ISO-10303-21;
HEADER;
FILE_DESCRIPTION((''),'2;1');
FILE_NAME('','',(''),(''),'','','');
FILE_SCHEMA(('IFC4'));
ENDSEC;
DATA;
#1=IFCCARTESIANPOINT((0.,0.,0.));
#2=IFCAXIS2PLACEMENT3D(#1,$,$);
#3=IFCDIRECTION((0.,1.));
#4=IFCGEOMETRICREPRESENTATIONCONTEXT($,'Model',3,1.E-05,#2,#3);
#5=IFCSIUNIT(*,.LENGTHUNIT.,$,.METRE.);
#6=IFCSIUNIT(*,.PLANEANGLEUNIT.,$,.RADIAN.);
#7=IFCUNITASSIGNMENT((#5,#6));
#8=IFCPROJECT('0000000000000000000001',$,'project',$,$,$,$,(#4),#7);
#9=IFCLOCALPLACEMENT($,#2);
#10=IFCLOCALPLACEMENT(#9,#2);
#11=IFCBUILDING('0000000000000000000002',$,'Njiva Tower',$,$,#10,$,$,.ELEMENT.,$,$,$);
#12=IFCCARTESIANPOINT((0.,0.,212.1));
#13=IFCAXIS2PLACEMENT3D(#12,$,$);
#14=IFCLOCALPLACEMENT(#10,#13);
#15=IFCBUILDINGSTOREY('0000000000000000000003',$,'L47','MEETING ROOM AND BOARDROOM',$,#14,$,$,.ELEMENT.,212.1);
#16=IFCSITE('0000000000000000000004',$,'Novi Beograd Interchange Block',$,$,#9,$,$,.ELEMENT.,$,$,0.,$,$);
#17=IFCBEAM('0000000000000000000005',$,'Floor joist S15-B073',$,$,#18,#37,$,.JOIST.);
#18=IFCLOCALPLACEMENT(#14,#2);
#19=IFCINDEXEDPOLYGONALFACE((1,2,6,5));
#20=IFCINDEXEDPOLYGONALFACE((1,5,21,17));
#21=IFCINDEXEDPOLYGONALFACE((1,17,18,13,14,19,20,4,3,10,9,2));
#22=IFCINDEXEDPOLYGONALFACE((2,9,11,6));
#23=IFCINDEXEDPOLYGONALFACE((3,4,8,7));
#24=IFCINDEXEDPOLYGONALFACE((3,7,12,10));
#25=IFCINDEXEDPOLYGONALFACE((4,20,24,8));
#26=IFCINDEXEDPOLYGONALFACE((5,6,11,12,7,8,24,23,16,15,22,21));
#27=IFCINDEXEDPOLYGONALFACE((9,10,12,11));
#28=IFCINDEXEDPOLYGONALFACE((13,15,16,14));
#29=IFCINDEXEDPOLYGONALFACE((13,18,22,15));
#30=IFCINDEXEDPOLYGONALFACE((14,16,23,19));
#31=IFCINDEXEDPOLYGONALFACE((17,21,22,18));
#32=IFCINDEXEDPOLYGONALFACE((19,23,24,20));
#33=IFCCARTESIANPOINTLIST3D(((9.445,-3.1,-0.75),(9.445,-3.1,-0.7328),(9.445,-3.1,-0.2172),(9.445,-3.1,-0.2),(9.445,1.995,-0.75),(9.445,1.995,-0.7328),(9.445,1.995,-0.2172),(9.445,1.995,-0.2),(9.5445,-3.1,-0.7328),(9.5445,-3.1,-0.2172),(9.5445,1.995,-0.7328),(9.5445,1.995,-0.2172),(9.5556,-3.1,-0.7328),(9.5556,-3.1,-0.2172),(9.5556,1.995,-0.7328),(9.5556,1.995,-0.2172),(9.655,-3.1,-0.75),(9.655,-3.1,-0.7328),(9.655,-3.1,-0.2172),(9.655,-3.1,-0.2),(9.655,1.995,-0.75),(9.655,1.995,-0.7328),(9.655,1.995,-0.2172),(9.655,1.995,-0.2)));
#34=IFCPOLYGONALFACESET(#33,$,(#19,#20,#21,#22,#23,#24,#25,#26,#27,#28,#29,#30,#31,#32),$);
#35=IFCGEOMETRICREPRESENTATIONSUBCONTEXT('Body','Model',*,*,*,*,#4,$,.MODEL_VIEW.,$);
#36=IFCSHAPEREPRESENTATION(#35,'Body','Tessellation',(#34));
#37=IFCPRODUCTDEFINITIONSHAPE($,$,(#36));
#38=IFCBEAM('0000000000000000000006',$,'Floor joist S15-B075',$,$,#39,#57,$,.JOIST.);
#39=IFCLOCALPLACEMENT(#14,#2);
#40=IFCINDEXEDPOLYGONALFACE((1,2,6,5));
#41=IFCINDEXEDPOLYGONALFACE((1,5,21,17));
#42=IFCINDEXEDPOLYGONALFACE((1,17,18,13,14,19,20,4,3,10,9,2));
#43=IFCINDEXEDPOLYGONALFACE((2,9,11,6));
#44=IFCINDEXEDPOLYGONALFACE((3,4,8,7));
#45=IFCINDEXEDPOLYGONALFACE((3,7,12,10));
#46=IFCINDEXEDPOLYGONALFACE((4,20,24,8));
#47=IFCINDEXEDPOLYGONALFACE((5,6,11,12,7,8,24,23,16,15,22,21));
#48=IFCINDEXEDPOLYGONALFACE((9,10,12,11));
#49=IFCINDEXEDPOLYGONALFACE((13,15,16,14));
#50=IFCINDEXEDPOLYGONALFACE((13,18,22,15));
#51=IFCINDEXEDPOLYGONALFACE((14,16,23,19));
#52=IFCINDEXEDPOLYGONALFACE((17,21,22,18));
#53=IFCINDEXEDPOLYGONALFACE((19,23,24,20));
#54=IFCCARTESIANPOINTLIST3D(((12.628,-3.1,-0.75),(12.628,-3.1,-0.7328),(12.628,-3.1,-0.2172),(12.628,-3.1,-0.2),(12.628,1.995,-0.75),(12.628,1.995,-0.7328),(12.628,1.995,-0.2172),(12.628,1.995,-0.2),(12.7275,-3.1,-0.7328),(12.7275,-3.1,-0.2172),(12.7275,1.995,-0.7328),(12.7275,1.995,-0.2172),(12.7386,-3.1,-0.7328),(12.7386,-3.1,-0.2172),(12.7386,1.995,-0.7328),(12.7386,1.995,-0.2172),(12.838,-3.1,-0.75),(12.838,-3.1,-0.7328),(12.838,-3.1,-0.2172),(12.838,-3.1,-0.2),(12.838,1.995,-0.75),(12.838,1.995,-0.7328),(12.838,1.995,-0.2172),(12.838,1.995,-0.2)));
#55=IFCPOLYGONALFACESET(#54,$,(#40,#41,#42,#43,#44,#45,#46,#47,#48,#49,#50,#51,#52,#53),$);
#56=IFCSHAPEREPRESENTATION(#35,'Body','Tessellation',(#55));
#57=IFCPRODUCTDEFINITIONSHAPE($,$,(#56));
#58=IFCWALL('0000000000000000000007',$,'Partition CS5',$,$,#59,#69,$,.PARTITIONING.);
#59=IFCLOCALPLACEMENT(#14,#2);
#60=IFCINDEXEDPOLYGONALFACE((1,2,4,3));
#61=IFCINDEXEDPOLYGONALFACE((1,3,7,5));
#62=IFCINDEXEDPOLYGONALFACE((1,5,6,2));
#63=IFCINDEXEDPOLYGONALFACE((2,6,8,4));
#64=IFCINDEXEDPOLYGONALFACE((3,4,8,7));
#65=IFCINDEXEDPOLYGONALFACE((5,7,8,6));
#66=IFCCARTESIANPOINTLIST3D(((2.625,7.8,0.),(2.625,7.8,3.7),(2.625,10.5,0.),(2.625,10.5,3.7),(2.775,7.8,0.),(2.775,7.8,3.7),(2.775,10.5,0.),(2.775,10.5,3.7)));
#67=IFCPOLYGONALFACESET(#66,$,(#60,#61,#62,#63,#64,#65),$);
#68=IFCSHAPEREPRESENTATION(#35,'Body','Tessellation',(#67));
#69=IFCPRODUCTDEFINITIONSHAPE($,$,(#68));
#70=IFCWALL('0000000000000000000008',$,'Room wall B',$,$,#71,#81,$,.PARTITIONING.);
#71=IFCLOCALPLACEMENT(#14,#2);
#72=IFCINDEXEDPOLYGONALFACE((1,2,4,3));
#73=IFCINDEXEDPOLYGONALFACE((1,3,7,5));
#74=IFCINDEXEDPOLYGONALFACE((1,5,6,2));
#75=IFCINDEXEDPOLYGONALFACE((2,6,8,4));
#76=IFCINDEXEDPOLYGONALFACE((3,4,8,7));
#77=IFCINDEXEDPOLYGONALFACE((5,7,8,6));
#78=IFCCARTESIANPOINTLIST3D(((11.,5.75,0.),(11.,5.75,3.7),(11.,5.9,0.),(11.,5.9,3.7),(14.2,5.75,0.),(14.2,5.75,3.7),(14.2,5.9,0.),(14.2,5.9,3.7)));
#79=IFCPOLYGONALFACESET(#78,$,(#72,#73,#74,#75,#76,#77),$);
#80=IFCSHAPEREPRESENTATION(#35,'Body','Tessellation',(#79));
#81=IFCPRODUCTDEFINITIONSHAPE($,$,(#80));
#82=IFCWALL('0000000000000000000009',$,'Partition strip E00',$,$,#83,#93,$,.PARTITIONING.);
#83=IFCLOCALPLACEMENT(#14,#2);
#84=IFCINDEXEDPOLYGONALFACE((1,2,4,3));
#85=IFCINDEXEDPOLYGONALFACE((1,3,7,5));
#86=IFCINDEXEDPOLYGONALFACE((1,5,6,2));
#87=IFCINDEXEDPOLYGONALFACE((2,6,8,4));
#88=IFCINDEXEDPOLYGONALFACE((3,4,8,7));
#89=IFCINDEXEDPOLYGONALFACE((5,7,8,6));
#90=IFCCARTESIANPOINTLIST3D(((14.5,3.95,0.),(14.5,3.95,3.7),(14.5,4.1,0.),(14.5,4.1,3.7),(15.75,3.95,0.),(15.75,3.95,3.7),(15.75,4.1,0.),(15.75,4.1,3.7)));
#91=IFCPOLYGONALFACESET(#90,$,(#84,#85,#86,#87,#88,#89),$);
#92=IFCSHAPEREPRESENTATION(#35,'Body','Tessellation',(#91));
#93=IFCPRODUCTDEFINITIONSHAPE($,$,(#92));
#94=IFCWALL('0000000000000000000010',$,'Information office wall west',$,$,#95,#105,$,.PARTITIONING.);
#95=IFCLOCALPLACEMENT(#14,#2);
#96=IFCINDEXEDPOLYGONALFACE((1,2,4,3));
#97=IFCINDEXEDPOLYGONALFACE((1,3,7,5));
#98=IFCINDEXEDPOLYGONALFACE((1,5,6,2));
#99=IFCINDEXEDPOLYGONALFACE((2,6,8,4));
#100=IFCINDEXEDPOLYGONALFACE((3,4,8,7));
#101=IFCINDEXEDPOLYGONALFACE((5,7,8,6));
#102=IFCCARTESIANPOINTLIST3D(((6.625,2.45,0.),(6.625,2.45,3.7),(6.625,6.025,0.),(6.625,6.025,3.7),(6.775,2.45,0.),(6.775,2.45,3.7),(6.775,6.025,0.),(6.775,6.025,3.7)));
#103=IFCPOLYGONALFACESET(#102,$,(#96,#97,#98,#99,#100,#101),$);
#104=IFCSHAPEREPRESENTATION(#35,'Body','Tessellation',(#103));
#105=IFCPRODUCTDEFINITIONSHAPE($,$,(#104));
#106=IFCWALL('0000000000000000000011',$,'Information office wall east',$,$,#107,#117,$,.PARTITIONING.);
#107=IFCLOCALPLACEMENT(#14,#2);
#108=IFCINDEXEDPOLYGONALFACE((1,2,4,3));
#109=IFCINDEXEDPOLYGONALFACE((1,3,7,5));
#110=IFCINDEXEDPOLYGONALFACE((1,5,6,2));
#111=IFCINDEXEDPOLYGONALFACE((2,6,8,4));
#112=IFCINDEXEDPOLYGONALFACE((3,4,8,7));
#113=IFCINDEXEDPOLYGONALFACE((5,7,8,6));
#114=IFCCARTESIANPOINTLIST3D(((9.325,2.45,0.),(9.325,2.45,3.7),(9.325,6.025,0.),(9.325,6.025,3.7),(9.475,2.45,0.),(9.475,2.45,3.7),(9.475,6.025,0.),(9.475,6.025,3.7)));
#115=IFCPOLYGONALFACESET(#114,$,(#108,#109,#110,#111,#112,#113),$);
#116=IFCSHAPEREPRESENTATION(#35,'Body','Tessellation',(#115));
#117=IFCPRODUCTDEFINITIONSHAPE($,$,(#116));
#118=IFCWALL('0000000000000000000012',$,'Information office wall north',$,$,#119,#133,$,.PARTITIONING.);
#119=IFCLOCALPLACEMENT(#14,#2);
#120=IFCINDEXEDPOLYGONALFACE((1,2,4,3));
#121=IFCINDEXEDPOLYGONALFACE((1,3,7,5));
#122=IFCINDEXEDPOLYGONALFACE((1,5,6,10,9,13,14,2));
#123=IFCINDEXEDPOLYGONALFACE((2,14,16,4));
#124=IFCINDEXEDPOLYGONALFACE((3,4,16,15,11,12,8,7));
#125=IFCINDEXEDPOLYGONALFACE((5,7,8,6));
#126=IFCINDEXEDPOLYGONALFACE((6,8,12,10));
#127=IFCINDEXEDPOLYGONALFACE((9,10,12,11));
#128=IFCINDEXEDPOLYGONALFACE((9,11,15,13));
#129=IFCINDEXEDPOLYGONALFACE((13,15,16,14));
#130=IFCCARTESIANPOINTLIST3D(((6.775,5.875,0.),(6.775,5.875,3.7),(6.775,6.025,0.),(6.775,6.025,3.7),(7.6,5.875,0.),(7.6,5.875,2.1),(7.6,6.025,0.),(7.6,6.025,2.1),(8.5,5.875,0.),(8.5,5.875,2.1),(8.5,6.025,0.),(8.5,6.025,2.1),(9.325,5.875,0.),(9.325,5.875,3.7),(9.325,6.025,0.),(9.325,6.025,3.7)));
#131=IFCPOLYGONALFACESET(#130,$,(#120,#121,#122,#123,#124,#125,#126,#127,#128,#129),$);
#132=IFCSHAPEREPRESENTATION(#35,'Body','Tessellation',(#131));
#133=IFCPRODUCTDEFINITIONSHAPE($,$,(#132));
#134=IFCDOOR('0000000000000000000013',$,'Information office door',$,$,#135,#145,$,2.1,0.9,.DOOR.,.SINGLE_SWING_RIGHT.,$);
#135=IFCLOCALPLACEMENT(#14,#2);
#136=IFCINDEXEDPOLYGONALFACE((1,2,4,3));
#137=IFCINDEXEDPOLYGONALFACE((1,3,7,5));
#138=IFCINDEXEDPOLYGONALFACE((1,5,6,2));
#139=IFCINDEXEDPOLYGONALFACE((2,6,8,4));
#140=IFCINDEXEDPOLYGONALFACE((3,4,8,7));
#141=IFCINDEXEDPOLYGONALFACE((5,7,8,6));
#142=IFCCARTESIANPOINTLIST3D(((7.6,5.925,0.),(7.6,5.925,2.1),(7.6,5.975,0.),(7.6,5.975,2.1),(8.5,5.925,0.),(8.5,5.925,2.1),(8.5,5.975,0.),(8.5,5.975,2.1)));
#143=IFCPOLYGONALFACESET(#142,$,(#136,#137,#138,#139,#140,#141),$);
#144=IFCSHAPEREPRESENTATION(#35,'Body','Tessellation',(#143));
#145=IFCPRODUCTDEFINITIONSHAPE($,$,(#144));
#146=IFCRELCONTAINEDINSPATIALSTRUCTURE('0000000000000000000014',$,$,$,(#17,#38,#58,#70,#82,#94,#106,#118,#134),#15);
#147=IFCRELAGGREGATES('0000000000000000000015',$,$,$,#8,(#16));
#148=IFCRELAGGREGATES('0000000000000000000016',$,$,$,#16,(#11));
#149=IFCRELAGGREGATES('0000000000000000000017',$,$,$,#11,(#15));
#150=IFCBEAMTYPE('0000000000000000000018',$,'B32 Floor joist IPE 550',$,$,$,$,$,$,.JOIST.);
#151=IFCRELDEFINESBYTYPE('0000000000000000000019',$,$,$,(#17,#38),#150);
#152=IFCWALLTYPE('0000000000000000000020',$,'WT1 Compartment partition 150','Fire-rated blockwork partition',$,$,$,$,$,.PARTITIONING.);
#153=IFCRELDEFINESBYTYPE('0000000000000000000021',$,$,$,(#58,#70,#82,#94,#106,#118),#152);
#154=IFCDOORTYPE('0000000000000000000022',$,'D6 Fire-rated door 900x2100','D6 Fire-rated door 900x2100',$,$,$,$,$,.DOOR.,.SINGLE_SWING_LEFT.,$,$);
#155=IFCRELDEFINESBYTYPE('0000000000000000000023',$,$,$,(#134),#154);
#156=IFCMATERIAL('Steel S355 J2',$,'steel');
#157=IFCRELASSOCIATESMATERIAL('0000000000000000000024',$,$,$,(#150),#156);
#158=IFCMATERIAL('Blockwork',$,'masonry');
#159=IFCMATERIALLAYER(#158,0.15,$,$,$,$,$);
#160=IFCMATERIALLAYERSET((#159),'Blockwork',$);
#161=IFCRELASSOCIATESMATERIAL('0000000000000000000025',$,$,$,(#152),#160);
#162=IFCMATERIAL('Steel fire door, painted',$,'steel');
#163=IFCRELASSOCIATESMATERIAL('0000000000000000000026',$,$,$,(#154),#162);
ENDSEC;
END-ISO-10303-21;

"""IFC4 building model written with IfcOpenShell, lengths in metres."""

from ifc_helpers import new_model, si_unit, direction, frame, frame_2d, origin, origin_2d, place, context, subcontext, project, spatial, rectangle, i_section, extrude, material, layer, layer_set, material_profile, profile_set, type_object, element, fill, save


model = new_model("IFC4")

# Units and contexts
model_context = context("Model", 3, precision=1e-05, world=origin(), true_north=direction((0.0, 1.0)))
body_context = subcontext(model_context, "Body", "Model", "MODEL_VIEW")
ifc_project = project(units=[si_unit("LENGTHUNIT", "METRE"), si_unit("PLANEANGLEUNIT", "RADIAN")], contexts=[model_context])

# Site, building, storey
site_placement = place(None, origin())
site = spatial("IfcSite", under=ifc_project, at=site_placement, Name="Novi Beograd Interchange Block", CompositionType="ELEMENT", RefElevation=0.0)
building_placement = place(site_placement, origin())
building = spatial("IfcBuilding", under=site, at=building_placement, Name="Njiva Tower", CompositionType="ELEMENT")
storey_placement = place(building_placement, frame((0.0, 0.0, 212.1)))
storey = spatial("IfcBuildingStorey", under=building, at=storey_placement, Name="L47", Description="MEETING ROOM AND BOARDROOM", CompositionType="ELEMENT", Elevation=212.1)

# Beams
ifc_material_1 = material(Name="Steel S355 J2", Category="steel")
ifc_material_profile = material_profile(ifc_material_1, i_section(OverallWidth=0.21, OverallDepth=0.55, WebThickness=0.0111, FlangeThickness=0.0172, at=origin_2d()), Name="IPE 550")
ifc_profile_set = profile_set([ifc_material_profile], Name="Steel S355 J2")
beam_type = type_object("IfcBeamType", Name="B32 Floor joist IPE 550", PredefinedType="JOIST", material=ifc_profile_set)
for number, where, z_axis, x_axis, name in (
    (1, (9.55, 1.995, -0.475), (0.0, -1.0, 0.0), (1.0, 0.0, 0.0), "Floor joist S15-B073"),
    (2, (12.733, 1.995, -0.475), (0.0, -1.0, 0.0), (1.0, 0.0, 0.0), "Floor joist S15-B075"),
):
    element("IfcBeam", number, at=place(storey_placement, frame(where, z_axis=z_axis, x_axis=x_axis)), inside=storey, type_object=beam_type, Name=name, PredefinedType="JOIST", context=body_context, shape_type="SweptSolid", body=[
        extrude(i_section(OverallWidth=0.21, OverallDepth=0.55, WebThickness=0.0111, FlangeThickness=0.0172, at=origin_2d()), origin(), (0.0, 0.0, 1.0), 5.095),
    ])

# Walls
ifc_material_2 = material(Name="Blockwork", Category="masonry")
ifc_layer_1 = layer(ifc_material_2, 0.15)
ifc_layer_set_1 = layer_set([ifc_layer_1], Name="Blockwork")
wall_type_1 = type_object("IfcWallType", Name="WT1 Compartment partition 150", Description="Fire-rated blockwork partition", PredefinedType="PARTITIONING", material=ifc_layer_set_1)
wall_1_placement = place(storey_placement, frame((2.7, 7.8, 0.0), z_axis=(0.0, 0.0, 1.0), x_axis=(0.0, 1.0, 0.0)))
element("IfcWall", 3, at=wall_1_placement, inside=storey, type_object=wall_type_1, Name="Partition CS5", PredefinedType="PARTITIONING", context=body_context, shape_type="SweptSolid", body=[
    extrude(rectangle(XDim=2.7, YDim=0.15, at=frame_2d((1.35, 0.0))), origin(), (0.0, 0.0, 1.0), 3.7),
])
wall_2_placement = place(storey_placement, frame((11.0, 5.825, 0.0), z_axis=(0.0, 0.0, 1.0), x_axis=(1.0, 0.0, 0.0)))
element("IfcWall", 4, at=wall_2_placement, inside=storey, type_object=wall_type_1, Name="Room wall B", PredefinedType="PARTITIONING", context=body_context, shape_type="SweptSolid", body=[
    extrude(rectangle(XDim=3.2, YDim=0.15, at=frame_2d((1.6, 0.0))), origin(), (0.0, 0.0, 1.0), 3.7),
])
wall_3_placement = place(storey_placement, frame((14.5, 4.025, 0.0), z_axis=(0.0, 0.0, 1.0), x_axis=(1.0, 0.0, 0.0)))
element("IfcWall", 5, at=wall_3_placement, inside=storey, type_object=wall_type_1, Name="Partition strip E00", PredefinedType="PARTITIONING", context=body_context, shape_type="SweptSolid", body=[
    extrude(rectangle(XDim=1.25, YDim=0.15, at=frame_2d((0.625, 0.0))), origin(), (0.0, 0.0, 1.0), 3.7),
])
for number, where, z_axis, x_axis, name in (
    (6, (6.7, 2.45, 0.0), (0.0, 0.0, 1.0), (0.0, 1.0, 0.0), "Information office wall west"),
    (7, (9.4, 2.45, 0.0), (0.0, 0.0, 1.0), (0.0, 1.0, 0.0), "Information office wall east"),
):
    element("IfcWall", number, at=place(storey_placement, frame(where, z_axis=z_axis, x_axis=x_axis)), inside=storey, type_object=wall_type_1, Name=name, PredefinedType="PARTITIONING", context=body_context, shape_type="SweptSolid", body=[
        extrude(rectangle(XDim=3.575, YDim=0.15, at=frame_2d((1.7875, 0.0))), origin(), (0.0, 0.0, 1.0), 3.7),
    ])

# Wall, opening, door
wall_4_placement = place(storey_placement, frame((6.775, 5.95, 0.0), z_axis=(0.0, 0.0, 1.0), x_axis=(1.0, 0.0, 0.0)))
wall_4 = element("IfcWall", 8, at=wall_4_placement, inside=storey, type_object=wall_type_1, Name="Information office wall north", PredefinedType="PARTITIONING", context=body_context, shape_type="SweptSolid", body=[
    extrude(rectangle(XDim=2.55, YDim=0.15, at=frame_2d((1.275, 0.0))), origin(), (0.0, 0.0, 1.0), 3.7),
])
opening_1_placement = place(wall_4_placement, frame((0.825, 0.0, 0.0)))
opening_1 = element("IfcOpeningElement", 9, at=opening_1_placement, cuts=wall_4, PredefinedType="OPENING", context=body_context, shape_type="SweptSolid", body=[
    extrude(rectangle(XDim=0.9, YDim=2.1, at=frame_2d((0.45, 1.05))), frame((0.0, 0.085, 0.0), z_axis=(0.0, -1.0, 0.0), x_axis=(1.0, 0.0, 0.0)), (0.0, 0.0, 1.0), 0.17),
])
ifc_material_3 = material(Name="Steel fire door, painted", Category="steel")
door_type_1 = type_object("IfcDoorType", Name="D6 Fire-rated door 900x2100", Description="D6 Fire-rated door 900x2100", OperationType="SINGLE_SWING_LEFT", PredefinedType="DOOR", material=ifc_material_3)
door_1_placement = place(opening_1_placement, origin())
door_1 = element("IfcDoor", 10, at=door_1_placement, inside=storey, type_object=door_type_1, Name="Information office door", OperationType="SINGLE_SWING_RIGHT", OverallHeight=2.1, OverallWidth=0.9, PredefinedType="DOOR", context=body_context, shape_type="SweptSolid", body=[
    extrude(rectangle(XDim=0.9, YDim=2.1, at=frame_2d((0.45, 1.05))), frame((0.0, 0.025, 0.0), z_axis=(0.0, -1.0, 0.0), x_axis=(1.0, 0.0, 0.0)), (0.0, 0.0, 1.0), 0.05),
])
fill(opening_1, door_1)

save(model, "model.ifc")
